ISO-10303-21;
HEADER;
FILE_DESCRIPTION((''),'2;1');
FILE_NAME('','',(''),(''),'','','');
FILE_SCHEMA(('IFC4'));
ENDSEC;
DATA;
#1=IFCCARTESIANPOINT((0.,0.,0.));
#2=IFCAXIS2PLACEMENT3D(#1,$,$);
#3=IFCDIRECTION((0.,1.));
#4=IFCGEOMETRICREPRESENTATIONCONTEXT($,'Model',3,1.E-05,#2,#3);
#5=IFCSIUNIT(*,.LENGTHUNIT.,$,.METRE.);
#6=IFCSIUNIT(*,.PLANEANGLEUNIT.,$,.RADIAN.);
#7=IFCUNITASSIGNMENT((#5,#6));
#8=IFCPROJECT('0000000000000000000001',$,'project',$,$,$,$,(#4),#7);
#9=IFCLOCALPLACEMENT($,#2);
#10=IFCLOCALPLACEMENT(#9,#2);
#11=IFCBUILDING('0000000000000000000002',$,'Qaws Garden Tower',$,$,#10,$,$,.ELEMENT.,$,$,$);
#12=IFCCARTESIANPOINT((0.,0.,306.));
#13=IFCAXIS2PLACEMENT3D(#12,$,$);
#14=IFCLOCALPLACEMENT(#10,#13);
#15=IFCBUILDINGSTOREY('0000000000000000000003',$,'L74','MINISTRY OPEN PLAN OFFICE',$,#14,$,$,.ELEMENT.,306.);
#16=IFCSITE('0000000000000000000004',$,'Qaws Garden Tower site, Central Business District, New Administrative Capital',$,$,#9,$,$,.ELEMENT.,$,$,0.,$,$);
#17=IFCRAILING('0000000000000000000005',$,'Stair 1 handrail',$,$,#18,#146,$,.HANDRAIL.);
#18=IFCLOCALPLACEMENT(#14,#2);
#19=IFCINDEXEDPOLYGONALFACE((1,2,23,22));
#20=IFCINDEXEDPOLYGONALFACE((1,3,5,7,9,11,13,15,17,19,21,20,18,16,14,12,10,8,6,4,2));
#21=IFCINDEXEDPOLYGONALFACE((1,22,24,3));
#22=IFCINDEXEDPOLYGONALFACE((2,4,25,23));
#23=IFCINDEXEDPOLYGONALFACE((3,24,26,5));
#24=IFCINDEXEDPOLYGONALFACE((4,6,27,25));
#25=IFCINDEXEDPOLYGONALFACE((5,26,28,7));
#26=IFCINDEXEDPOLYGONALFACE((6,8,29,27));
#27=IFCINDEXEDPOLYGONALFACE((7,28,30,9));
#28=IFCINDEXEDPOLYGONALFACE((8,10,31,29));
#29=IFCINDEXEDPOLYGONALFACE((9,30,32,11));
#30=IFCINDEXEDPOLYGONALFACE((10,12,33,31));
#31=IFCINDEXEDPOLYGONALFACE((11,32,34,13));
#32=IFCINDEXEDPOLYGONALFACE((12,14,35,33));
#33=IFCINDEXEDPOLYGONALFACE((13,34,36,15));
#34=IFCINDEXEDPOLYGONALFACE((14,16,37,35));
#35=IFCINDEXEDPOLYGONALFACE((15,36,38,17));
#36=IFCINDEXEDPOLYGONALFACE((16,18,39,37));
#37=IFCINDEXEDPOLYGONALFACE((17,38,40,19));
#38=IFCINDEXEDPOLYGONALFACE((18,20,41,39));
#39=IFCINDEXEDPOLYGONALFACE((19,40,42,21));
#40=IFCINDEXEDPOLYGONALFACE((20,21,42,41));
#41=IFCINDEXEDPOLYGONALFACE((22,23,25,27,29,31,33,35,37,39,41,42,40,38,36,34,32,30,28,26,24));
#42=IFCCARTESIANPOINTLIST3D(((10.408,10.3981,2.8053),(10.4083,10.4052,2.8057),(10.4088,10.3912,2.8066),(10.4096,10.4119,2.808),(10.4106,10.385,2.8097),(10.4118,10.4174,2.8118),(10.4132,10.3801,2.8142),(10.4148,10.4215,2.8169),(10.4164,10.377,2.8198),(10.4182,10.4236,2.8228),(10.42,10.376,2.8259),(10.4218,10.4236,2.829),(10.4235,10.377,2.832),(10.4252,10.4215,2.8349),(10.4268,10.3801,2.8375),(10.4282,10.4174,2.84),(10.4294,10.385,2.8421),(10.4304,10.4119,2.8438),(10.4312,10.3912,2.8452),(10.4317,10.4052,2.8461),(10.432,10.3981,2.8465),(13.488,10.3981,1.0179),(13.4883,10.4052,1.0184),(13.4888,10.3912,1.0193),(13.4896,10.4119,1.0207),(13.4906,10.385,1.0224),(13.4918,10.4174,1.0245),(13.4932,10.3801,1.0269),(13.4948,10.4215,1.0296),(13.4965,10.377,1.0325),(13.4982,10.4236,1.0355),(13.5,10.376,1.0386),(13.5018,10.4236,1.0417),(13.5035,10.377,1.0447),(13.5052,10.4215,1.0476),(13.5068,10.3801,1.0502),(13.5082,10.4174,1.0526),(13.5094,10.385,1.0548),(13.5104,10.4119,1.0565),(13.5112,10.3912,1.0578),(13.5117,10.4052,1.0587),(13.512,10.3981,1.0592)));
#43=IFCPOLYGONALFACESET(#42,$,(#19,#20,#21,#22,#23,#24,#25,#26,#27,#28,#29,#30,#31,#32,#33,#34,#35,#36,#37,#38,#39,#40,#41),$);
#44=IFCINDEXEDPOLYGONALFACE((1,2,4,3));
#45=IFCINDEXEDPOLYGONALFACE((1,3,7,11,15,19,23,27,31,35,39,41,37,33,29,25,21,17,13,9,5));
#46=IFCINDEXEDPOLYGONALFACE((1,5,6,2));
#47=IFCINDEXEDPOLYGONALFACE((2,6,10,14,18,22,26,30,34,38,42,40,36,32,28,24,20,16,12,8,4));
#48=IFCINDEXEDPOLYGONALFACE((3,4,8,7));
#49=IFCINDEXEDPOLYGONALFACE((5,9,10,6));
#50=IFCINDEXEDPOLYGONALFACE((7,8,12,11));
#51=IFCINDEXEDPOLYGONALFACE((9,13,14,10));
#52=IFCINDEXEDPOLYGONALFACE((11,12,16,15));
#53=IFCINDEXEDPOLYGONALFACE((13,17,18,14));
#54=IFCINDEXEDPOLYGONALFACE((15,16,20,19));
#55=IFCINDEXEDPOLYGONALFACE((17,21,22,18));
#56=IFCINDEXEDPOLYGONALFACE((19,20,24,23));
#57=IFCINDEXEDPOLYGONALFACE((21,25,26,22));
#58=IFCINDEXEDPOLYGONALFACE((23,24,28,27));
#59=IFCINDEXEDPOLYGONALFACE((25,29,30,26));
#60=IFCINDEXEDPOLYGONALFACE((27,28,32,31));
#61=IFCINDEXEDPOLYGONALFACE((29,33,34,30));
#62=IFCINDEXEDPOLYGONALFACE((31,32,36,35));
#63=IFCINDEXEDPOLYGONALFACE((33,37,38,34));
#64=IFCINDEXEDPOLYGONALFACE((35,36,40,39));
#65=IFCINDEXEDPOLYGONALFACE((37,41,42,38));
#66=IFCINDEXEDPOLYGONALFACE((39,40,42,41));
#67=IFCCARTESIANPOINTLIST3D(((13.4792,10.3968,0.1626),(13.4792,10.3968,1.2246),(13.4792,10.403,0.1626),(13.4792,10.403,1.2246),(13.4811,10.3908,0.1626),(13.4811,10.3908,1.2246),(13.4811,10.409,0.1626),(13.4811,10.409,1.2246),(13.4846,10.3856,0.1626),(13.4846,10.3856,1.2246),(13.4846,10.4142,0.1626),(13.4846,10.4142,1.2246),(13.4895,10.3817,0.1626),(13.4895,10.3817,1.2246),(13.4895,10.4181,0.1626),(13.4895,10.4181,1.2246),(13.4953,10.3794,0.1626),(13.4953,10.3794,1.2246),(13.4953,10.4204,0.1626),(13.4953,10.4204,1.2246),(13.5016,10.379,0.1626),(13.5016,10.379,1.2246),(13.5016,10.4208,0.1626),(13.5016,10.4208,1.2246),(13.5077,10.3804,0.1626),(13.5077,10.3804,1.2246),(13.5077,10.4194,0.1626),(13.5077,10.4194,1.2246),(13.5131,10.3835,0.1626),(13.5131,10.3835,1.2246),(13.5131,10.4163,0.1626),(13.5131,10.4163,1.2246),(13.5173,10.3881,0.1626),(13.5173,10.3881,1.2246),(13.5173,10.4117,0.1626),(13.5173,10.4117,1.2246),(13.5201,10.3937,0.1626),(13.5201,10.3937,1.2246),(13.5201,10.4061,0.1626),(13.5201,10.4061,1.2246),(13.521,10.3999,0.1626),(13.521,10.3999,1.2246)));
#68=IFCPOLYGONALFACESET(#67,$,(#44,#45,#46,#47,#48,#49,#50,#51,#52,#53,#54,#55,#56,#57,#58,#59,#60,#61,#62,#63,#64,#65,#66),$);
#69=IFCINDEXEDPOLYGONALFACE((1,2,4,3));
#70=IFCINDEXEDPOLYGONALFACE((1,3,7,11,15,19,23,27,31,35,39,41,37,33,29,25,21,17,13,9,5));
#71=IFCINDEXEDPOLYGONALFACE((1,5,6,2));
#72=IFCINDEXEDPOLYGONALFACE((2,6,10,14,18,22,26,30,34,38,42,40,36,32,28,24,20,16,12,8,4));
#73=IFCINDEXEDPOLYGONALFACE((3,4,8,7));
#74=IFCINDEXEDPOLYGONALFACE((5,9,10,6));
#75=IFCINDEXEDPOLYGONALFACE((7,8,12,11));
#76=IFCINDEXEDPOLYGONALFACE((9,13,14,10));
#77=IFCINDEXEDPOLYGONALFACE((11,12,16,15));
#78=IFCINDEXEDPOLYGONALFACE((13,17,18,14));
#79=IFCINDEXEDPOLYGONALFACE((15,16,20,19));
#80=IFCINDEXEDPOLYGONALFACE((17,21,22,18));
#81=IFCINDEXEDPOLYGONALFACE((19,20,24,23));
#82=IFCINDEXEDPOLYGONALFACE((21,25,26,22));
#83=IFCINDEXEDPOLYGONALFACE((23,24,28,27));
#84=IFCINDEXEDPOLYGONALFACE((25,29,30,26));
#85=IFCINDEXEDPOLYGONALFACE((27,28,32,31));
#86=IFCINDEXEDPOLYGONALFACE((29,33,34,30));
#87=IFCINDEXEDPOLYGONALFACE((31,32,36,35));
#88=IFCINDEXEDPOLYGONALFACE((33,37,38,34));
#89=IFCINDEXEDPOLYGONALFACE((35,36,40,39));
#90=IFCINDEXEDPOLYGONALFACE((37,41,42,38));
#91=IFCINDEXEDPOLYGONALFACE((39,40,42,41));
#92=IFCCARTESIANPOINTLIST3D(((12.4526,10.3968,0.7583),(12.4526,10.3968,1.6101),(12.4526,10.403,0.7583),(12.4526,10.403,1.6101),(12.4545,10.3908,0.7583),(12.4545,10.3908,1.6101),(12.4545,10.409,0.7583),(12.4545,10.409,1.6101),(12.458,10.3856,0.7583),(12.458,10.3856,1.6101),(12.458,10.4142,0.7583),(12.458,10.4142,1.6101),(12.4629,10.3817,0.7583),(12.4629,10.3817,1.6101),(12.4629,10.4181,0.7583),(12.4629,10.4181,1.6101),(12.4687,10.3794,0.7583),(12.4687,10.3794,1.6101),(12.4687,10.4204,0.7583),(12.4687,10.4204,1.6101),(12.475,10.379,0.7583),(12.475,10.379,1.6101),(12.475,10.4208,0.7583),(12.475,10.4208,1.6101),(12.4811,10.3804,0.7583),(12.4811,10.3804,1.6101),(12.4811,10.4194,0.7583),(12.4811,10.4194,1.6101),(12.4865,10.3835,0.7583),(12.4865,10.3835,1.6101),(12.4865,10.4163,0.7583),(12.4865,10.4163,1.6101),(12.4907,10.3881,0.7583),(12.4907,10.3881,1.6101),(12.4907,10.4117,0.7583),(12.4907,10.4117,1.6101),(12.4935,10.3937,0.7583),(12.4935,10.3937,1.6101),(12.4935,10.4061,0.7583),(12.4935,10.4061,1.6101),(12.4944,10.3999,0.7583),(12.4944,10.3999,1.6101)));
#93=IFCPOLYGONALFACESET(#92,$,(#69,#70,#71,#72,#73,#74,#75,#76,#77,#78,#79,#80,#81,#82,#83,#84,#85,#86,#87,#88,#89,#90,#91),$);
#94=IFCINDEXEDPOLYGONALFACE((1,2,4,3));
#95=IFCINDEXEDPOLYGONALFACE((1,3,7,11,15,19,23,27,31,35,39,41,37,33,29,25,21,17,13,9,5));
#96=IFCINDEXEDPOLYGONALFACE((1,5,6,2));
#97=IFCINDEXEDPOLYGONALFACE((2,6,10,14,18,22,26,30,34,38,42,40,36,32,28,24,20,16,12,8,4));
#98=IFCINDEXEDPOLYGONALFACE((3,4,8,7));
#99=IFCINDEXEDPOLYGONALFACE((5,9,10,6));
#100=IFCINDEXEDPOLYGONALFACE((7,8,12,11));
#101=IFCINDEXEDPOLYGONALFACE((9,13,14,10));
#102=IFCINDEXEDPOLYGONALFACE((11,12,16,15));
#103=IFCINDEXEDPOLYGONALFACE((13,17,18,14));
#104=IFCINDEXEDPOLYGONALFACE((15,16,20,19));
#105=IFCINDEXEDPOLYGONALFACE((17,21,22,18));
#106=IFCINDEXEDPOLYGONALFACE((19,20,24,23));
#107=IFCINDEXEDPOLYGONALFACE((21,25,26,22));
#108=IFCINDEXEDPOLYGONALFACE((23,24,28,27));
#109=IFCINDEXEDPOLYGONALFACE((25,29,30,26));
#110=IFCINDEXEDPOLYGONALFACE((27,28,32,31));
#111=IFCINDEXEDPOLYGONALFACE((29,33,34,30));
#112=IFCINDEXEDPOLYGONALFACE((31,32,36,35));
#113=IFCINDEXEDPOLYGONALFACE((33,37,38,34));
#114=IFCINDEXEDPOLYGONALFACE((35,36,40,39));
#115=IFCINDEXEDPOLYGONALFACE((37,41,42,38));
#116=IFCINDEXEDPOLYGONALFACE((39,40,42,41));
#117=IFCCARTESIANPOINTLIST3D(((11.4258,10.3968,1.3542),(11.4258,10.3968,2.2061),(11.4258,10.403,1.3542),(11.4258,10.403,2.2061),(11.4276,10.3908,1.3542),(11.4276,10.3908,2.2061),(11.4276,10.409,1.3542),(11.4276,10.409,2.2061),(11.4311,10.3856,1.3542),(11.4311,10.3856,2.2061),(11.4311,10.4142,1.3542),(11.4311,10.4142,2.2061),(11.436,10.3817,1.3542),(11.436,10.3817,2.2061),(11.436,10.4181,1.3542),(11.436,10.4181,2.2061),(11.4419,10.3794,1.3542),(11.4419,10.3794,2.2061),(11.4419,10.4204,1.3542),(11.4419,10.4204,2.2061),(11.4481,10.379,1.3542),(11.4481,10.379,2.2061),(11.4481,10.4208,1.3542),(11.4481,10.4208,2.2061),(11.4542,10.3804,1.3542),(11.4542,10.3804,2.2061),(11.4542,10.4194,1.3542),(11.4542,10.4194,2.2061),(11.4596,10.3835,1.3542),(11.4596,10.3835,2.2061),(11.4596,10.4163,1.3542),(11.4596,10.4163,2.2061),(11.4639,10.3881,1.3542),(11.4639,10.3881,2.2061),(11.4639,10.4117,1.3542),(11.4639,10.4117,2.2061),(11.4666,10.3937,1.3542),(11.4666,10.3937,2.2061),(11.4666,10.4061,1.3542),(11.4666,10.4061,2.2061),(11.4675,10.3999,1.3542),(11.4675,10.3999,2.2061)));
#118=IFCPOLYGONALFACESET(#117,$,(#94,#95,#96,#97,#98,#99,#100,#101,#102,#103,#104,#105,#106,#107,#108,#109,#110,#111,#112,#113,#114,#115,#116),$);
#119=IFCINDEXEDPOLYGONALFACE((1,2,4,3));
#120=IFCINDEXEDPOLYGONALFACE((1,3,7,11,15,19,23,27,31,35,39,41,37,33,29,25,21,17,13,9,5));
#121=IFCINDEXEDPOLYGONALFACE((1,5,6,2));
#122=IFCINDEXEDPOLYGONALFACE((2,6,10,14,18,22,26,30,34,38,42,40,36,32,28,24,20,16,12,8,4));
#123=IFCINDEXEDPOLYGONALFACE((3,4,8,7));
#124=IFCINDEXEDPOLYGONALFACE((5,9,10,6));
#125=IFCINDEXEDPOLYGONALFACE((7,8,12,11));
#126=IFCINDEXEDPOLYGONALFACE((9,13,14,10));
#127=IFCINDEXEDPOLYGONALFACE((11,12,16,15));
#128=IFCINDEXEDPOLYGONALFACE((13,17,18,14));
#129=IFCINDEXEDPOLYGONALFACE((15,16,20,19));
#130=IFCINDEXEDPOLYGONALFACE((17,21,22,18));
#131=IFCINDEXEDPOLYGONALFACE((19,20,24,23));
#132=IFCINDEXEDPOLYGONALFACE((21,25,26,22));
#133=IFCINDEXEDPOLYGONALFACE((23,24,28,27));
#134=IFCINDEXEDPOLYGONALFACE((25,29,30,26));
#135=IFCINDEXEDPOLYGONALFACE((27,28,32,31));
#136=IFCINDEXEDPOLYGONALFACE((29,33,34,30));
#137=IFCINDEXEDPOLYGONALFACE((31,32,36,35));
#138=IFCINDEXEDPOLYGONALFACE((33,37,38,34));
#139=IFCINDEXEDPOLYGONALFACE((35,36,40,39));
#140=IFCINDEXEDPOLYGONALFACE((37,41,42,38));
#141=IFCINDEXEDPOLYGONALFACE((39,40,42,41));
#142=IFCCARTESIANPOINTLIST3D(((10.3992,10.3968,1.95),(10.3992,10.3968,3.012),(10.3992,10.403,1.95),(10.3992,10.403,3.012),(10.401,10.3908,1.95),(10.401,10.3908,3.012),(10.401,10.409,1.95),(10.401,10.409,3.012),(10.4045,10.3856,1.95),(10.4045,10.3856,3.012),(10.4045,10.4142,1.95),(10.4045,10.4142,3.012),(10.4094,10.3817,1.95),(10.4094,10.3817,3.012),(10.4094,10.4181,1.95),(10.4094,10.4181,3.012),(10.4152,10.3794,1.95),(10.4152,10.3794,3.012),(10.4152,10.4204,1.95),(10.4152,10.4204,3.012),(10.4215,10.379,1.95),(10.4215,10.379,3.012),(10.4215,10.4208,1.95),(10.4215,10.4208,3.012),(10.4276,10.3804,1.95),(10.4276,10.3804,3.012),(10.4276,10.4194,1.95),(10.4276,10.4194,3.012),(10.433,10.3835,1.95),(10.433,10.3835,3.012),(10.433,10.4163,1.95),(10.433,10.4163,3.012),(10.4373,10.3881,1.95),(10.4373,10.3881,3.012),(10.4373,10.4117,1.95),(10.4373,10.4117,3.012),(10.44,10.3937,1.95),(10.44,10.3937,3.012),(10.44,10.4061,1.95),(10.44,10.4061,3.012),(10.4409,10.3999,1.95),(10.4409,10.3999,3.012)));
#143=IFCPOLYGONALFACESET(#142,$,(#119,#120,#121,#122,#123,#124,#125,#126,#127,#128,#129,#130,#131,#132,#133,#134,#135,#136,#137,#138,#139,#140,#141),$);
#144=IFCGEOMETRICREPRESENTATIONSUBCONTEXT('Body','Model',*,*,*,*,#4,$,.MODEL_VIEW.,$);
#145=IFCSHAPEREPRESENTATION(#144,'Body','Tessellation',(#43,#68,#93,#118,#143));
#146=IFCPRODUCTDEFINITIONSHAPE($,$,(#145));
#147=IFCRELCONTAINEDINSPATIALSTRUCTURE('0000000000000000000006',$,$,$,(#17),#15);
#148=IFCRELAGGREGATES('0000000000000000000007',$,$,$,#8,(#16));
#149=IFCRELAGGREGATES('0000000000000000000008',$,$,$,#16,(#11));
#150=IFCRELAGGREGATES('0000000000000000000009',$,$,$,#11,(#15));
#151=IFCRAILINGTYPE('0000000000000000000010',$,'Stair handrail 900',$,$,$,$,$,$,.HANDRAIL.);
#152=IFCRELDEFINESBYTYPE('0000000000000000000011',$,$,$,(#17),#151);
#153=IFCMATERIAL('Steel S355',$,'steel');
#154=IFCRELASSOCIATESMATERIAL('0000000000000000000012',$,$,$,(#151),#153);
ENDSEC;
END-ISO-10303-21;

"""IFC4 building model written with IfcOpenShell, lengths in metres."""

from ifc_helpers import new_model, si_unit, direction, frame, origin, origin_2d, place, context, subcontext, project, spatial, circle, extrude, material, type_object, element, save


model = new_model("IFC4")

# Units and contexts
model_context = context("Model", 3, precision=1e-05, world=origin(), true_north=direction((0.0, 1.0)))
body_context = subcontext(model_context, "Body", "Model", "MODEL_VIEW")
ifc_project = project(units=[si_unit("LENGTHUNIT", "METRE"), si_unit("PLANEANGLEUNIT", "RADIAN")], contexts=[model_context])

# Site, building, storey
site_placement = place(None, origin())
site = spatial("IfcSite", under=ifc_project, at=site_placement, Name="Qaws Garden Tower site, Central Business District, New Administrative Capital", CompositionType="ELEMENT", RefElevation=0.0)
building_placement = place(site_placement, origin())
building = spatial("IfcBuilding", under=site, at=building_placement, Name="Qaws Garden Tower", CompositionType="ELEMENT")
storey_placement = place(building_placement, frame((0.0, 0.0, 306.0)))
storey = spatial("IfcBuildingStorey", under=building, at=storey_placement, Name="L74", Description="MINISTRY OPEN PLAN OFFICE", CompositionType="ELEMENT", Elevation=306.0)

# Railing
ifc_material_1 = material(Name="Steel S355", Category="steel")
railing_type = type_object("IfcRailingType", Name="Stair handrail 900", PredefinedType="HANDRAIL", material=ifc_material_1)
railing_placement = place(storey_placement, frame((13.5, 10.3999, 0.1626)))
element("IfcRailing", 1, at=railing_placement, inside=storey, type_object=railing_type, Name="Stair 1 handrail", PredefinedType="HANDRAIL", context=body_context, shape_type="SweptSolid", body=[
    extrude(circle(Radius=0.0239, at=origin_2d()), frame((0.0, 0.0, 0.876), z_axis=(-0.86492, 0.0, 0.501909), x_axis=(0.0, -1.0, 0.0)), (0.0, 0.0, 1.0), 3.561),
    extrude(circle(Radius=0.021, at=origin_2d()), origin(), (0.0, 0.0, 1.0), 1.062),
    extrude(circle(Radius=0.021, at=origin_2d()), frame((-1.0266, 0.0, 0.5957)), (0.0, 0.0, 1.0), 0.8518),
    extrude(circle(Radius=0.021, at=origin_2d()), frame((-2.0535, 0.0, 1.1917)), (0.0, 0.0, 1.0), 0.8518),
    extrude(circle(Radius=0.021, at=origin_2d()), frame((-3.0801, 0.0, 1.7874)), (0.0, 0.0, 1.0), 1.062),
])

save(model, "model.ifc")
